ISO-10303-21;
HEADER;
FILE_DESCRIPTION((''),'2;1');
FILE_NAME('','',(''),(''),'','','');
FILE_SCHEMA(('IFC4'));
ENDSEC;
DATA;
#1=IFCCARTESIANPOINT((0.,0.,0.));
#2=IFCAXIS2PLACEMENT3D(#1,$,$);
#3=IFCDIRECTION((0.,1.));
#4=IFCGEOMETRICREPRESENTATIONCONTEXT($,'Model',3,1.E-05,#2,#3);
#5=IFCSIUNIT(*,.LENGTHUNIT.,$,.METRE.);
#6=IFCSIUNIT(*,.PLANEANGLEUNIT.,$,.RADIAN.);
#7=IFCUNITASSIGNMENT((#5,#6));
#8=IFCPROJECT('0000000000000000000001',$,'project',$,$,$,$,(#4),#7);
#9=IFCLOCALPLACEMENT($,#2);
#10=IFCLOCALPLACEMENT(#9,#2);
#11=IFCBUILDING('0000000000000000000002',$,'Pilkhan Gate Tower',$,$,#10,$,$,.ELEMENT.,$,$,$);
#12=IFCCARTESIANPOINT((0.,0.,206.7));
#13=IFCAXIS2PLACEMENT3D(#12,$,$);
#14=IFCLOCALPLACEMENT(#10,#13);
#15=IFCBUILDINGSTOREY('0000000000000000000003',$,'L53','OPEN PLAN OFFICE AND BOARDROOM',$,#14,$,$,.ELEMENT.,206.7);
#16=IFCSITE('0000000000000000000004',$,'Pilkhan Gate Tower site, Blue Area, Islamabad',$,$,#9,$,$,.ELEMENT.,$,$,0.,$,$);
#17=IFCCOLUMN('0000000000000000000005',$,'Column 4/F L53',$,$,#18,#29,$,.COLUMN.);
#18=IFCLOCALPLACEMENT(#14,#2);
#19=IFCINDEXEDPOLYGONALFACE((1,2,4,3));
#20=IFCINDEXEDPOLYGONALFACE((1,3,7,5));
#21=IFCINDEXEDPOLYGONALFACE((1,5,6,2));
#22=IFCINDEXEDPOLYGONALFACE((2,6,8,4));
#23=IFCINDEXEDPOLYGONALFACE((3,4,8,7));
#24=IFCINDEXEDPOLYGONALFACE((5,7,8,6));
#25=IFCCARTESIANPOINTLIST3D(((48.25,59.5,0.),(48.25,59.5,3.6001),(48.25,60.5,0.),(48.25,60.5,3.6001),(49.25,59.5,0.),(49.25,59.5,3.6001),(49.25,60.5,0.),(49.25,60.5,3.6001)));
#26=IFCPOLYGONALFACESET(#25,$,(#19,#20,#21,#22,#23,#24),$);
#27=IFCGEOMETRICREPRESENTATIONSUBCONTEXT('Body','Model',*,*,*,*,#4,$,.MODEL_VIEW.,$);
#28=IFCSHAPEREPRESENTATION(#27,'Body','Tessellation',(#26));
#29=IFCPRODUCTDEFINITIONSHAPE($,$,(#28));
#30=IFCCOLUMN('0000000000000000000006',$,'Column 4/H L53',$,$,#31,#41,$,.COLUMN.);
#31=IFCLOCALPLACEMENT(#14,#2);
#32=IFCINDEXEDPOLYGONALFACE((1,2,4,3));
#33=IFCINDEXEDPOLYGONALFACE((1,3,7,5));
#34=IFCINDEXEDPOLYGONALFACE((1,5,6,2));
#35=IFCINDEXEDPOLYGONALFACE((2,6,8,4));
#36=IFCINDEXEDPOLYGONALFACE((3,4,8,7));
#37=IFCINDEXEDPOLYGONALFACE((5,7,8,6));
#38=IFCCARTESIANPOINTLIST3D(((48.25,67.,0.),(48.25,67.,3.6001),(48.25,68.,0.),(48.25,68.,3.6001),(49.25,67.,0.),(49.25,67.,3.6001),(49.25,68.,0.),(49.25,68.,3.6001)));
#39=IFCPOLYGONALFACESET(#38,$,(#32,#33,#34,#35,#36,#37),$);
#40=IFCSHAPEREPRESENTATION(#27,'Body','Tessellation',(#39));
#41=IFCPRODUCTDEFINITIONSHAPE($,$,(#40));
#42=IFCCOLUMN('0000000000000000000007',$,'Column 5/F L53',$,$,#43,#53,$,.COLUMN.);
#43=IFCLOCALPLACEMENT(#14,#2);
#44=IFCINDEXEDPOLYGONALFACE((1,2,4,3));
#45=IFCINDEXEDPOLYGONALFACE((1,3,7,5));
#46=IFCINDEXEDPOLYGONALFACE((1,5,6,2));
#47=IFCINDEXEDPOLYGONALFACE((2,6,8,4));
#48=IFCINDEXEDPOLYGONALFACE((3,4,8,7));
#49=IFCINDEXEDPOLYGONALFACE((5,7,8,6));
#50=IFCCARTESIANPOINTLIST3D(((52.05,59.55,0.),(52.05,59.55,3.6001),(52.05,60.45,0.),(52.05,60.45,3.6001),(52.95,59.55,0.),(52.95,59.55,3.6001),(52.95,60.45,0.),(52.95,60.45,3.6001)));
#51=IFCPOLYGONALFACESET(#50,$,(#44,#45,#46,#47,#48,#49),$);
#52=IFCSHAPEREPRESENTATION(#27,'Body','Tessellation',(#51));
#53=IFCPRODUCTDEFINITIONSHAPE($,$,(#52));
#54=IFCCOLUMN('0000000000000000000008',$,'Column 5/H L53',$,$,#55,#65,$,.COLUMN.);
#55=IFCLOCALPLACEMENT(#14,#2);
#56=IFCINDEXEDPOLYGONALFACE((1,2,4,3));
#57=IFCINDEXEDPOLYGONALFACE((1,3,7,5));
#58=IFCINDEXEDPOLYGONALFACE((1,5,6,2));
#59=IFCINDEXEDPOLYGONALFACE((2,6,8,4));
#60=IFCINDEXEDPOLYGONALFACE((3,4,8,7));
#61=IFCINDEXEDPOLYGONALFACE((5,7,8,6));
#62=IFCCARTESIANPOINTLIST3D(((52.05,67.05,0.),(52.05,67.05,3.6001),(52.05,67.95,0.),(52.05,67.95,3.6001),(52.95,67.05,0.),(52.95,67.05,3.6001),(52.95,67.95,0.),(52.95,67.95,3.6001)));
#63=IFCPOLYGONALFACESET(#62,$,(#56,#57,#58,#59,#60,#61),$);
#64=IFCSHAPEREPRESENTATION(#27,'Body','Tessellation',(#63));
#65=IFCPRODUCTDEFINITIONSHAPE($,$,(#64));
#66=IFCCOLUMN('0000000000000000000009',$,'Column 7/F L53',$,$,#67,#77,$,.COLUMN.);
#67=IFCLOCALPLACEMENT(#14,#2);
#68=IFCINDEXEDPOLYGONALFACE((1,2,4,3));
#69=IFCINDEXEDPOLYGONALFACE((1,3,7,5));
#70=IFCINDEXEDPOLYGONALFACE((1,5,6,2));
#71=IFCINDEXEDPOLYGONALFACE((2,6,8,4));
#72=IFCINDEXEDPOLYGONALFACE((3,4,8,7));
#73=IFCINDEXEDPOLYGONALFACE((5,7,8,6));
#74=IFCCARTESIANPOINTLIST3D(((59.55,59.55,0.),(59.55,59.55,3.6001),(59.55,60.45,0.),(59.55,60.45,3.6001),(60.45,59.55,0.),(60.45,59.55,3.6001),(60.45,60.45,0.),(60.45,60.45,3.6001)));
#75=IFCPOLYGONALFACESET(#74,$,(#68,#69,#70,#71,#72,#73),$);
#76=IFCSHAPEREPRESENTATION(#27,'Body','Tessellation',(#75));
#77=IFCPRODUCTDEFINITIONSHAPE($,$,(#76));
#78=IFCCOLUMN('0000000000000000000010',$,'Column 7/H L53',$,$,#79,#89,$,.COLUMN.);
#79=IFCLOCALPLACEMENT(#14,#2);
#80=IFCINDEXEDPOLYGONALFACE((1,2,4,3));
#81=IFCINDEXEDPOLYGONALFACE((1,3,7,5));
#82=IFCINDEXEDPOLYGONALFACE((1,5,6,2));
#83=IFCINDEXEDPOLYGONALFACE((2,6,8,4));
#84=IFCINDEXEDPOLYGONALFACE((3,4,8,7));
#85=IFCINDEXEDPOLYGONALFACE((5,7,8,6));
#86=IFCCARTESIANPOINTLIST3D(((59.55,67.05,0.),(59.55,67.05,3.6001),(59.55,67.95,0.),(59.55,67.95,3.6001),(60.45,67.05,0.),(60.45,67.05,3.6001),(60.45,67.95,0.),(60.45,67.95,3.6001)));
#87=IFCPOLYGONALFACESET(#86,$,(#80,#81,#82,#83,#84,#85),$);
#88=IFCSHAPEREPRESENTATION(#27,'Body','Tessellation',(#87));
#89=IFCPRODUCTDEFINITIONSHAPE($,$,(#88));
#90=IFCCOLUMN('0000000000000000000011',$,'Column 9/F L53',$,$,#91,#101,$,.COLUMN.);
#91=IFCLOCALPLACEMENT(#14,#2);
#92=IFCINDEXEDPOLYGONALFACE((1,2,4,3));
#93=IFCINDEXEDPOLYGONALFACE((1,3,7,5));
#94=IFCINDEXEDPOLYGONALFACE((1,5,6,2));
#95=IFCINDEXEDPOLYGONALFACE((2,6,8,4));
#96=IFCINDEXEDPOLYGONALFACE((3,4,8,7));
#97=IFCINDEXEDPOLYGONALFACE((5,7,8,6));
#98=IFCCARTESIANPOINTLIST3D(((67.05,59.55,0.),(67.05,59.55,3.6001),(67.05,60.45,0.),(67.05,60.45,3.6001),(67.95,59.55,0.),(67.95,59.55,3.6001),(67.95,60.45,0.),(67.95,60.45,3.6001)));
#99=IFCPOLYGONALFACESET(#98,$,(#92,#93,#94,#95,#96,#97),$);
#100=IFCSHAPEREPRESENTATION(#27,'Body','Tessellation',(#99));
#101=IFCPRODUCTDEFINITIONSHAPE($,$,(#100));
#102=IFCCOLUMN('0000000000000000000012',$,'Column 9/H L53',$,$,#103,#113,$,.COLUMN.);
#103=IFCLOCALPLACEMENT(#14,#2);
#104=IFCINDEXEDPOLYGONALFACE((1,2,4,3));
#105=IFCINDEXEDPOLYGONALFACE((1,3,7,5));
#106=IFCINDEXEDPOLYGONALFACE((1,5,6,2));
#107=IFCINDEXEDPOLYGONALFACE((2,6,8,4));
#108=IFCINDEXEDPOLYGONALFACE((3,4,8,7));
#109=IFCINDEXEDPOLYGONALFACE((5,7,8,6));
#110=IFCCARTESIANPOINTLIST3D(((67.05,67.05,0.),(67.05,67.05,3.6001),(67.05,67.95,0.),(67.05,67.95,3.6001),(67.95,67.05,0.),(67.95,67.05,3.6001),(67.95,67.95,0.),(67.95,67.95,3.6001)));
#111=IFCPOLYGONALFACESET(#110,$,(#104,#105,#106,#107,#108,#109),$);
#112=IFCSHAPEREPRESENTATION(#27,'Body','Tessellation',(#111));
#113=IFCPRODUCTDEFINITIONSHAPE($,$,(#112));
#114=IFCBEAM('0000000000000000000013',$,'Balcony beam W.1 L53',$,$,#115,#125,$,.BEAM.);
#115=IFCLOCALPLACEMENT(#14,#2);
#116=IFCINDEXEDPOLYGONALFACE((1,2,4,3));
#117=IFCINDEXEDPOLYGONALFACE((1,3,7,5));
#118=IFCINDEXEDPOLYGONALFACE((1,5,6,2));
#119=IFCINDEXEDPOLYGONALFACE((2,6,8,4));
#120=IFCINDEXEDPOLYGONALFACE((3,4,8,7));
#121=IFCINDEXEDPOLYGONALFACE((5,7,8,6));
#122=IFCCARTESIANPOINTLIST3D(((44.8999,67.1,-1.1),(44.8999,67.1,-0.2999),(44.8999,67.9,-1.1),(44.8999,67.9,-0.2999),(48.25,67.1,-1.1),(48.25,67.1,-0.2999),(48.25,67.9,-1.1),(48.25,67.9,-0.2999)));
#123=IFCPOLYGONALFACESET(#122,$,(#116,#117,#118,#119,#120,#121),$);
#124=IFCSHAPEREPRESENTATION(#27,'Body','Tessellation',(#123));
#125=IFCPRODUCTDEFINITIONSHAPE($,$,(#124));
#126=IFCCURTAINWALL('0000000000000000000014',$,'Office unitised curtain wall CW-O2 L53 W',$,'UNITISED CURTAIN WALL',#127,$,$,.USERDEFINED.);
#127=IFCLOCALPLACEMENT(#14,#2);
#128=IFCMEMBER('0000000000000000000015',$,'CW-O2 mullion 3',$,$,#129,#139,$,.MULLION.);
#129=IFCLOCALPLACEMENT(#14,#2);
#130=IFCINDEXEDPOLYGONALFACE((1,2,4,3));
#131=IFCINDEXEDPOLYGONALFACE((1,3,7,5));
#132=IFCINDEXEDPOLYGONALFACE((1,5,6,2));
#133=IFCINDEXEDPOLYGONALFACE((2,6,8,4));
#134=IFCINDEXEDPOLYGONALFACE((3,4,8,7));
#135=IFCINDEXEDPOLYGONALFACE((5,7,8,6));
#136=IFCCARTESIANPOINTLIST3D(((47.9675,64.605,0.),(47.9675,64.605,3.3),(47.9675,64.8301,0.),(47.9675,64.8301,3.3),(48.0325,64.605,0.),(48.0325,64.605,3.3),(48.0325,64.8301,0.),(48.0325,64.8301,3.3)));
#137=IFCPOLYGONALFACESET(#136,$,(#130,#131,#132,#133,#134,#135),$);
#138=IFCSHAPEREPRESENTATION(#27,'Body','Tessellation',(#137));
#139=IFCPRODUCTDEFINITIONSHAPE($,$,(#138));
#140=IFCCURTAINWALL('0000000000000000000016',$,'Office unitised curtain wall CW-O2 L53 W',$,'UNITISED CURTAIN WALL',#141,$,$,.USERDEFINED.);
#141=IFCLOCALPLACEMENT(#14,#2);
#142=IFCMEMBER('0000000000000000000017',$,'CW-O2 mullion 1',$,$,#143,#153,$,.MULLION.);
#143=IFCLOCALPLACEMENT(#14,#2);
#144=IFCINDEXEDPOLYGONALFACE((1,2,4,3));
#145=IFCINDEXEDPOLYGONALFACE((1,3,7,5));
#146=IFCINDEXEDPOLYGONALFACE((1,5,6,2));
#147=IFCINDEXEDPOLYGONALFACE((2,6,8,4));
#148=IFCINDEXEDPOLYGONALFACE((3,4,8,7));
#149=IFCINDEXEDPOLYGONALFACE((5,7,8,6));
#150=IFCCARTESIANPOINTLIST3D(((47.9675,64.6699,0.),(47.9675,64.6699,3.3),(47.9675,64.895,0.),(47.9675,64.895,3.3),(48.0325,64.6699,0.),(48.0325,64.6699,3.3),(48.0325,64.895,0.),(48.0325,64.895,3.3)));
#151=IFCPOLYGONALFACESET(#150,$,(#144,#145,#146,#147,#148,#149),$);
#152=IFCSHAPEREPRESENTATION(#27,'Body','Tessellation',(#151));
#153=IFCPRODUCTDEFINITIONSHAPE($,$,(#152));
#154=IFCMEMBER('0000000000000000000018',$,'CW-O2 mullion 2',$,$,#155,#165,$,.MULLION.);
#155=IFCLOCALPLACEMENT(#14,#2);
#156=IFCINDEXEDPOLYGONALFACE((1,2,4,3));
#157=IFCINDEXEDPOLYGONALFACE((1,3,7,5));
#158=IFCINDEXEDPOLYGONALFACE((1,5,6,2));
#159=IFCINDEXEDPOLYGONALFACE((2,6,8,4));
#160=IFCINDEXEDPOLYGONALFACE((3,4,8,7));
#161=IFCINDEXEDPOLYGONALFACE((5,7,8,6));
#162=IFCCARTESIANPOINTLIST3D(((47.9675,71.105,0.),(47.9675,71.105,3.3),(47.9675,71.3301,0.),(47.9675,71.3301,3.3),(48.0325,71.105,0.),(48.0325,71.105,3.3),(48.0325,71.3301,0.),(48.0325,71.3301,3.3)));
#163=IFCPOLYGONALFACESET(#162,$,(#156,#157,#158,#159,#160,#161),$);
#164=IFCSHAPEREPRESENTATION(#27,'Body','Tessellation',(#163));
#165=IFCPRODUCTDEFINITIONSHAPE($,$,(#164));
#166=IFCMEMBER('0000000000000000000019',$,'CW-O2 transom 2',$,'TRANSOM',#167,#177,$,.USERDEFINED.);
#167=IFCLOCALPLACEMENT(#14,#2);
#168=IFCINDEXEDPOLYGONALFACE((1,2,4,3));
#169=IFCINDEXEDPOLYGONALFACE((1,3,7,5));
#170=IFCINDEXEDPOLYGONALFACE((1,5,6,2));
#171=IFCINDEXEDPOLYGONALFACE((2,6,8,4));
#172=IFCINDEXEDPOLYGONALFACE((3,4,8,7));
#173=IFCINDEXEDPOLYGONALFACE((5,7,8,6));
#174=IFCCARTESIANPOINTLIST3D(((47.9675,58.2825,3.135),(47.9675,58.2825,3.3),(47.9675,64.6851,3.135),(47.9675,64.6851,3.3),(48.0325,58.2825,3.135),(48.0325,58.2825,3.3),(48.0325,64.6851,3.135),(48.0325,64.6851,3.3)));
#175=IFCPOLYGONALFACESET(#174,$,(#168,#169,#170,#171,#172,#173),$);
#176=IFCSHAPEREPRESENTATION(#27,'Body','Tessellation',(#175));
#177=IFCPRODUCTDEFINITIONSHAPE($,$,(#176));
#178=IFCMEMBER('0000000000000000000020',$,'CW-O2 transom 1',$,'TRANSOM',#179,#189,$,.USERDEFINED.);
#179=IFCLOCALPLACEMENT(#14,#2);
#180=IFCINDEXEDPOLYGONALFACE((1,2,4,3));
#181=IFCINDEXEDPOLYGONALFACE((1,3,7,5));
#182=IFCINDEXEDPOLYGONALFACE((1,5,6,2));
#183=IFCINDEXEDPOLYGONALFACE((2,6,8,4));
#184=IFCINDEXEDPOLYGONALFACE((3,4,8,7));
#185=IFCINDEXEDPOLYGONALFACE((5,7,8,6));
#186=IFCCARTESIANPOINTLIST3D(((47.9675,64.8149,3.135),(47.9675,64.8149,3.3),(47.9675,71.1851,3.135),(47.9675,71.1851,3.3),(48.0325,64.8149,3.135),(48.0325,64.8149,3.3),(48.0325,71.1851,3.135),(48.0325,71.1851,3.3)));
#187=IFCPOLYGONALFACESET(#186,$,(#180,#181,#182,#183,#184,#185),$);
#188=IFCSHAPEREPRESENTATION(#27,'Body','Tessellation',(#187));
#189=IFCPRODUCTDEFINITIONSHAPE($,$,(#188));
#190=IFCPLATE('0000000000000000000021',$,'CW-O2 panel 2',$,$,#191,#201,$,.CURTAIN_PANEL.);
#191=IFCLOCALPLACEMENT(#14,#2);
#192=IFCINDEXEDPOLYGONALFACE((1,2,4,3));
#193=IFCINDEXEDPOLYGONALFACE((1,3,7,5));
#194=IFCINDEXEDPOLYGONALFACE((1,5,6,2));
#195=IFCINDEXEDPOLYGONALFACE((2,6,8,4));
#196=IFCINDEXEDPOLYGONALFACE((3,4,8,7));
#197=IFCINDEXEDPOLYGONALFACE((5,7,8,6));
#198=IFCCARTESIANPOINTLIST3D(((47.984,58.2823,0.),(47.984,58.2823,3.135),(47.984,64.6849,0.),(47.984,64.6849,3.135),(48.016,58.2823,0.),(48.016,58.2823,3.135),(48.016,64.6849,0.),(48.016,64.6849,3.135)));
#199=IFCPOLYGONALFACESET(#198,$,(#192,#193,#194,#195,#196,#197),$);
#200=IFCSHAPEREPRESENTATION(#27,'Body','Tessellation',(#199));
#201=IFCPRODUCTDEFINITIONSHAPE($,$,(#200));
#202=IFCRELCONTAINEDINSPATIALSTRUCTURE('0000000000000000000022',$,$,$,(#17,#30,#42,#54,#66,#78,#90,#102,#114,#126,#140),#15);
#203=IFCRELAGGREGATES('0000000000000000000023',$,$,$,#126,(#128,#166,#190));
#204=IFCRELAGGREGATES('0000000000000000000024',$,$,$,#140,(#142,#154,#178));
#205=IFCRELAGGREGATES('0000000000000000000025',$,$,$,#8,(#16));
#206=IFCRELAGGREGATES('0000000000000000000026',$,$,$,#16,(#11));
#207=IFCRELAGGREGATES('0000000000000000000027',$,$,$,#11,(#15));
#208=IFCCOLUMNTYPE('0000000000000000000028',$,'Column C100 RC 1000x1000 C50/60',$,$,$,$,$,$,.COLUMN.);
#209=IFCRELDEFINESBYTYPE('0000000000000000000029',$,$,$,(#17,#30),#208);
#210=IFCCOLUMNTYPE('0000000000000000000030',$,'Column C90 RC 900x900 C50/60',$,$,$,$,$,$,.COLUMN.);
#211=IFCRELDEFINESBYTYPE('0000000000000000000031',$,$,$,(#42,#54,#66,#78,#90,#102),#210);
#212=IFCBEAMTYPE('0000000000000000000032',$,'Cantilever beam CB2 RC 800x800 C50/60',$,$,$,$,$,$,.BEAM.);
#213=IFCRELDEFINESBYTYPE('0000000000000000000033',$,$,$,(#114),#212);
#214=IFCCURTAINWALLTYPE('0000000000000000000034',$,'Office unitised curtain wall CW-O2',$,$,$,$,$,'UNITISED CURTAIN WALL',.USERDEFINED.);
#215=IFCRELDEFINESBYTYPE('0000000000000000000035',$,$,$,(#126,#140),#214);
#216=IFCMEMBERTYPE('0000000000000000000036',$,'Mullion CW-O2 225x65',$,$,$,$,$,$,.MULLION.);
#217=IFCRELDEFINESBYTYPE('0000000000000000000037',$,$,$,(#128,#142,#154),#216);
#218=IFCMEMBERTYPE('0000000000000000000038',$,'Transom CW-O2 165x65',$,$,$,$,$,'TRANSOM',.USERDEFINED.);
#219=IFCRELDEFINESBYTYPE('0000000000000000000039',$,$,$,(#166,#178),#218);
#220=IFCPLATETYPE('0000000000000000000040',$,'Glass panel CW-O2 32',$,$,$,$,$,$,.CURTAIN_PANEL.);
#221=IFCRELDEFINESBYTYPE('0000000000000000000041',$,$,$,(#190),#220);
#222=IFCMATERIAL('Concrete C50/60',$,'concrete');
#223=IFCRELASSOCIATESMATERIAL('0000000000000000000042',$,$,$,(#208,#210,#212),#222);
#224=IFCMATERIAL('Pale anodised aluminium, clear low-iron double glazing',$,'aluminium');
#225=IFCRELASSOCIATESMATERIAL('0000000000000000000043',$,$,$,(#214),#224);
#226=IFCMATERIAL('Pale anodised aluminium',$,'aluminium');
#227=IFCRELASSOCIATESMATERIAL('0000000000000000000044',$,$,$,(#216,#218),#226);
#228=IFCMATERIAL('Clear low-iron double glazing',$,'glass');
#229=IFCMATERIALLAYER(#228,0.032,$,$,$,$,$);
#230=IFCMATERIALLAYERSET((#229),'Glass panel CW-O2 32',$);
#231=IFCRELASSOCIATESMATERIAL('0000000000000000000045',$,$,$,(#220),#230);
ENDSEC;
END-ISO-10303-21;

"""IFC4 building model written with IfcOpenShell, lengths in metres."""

from ifc_helpers import new_model, si_unit, direction, frame, origin, origin_2d, place, context, subcontext, project, spatial, rectangle, extrude, material, layer, layer_set, material_profile, profile_set, type_object, element, aggregate, save


model = new_model("IFC4")

# Units and contexts
model_context = context("Model", 3, precision=1e-05, world=origin(), true_north=direction((0.0, 1.0)))
body_context = subcontext(model_context, "Body", "Model", "MODEL_VIEW")
ifc_project = project(units=[si_unit("LENGTHUNIT", "METRE"), si_unit("PLANEANGLEUNIT", "RADIAN")], contexts=[model_context])

# Site, building, storey
site_placement = place(None, origin())
site = spatial("IfcSite", under=ifc_project, at=site_placement, Name="Pilkhan Gate Tower site, Blue Area, Islamabad", CompositionType="ELEMENT", RefElevation=0.0)
building_placement = place(site_placement, origin())
building = spatial("IfcBuilding", under=site, at=building_placement, Name="Pilkhan Gate Tower", CompositionType="ELEMENT")
storey_placement = place(building_placement, frame((0.0, 0.0, 206.7)))
storey = spatial("IfcBuildingStorey", under=building, at=storey_placement, Name="L53", Description="OPEN PLAN OFFICE AND BOARDROOM", CompositionType="ELEMENT", Elevation=206.7)

# Columns
ifc_material_1 = material(Name="Concrete C50/60", Category="concrete")
ifc_material_profile_1 = material_profile(ifc_material_1, rectangle(XDim=1.0, YDim=1.0, at=origin_2d()), Name="RC 1000x1000")
ifc_profile_set_1 = profile_set([ifc_material_profile_1], Name="Concrete C50/60")
column_type_1 = type_object("IfcColumnType", Name="Column C100 RC 1000x1000 C50/60", PredefinedType="COLUMN", material=ifc_profile_set_1)
for number, where, z_axis, x_axis, name in (
    (1, (48.75, 60.0, 0.0), (0.0, 0.0, 1.0), (1.0, 0.0, 0.0), "Column 4/F L53"),
    (2, (48.75, 67.5, 0.0), (0.0, 0.0, 1.0), (1.0, 0.0, 0.0), "Column 4/H L53"),
):
    element("IfcColumn", number, at=place(storey_placement, frame(where, z_axis=z_axis, x_axis=x_axis)), inside=storey, type_object=column_type_1, Name=name, PredefinedType="COLUMN", context=body_context, shape_type="SweptSolid", body=[
        extrude(rectangle(XDim=1.0, YDim=1.0, at=origin_2d()), origin(), (0.0, 0.0, 1.0), 3.6001),
    ])
ifc_material_profile_2 = material_profile(ifc_material_1, rectangle(XDim=0.8999, YDim=0.8999, at=origin_2d()), Name="RC 900x900")
ifc_profile_set_2 = profile_set([ifc_material_profile_2], Name="Concrete C50/60")
column_type_2 = type_object("IfcColumnType", Name="Column C90 RC 900x900 C50/60", PredefinedType="COLUMN", material=ifc_profile_set_2)
for number, where, z_axis, x_axis, name in (
    (3, (52.5, 60.0, 0.0), (0.0, 0.0, 1.0), (1.0, 0.0, 0.0), "Column 5/F L53"),
    (4, (52.5, 67.5, 0.0), (0.0, 0.0, 1.0), (1.0, 0.0, 0.0), "Column 5/H L53"),
    (5, (60.0, 60.0, 0.0), (0.0, 0.0, 1.0), (1.0, 0.0, 0.0), "Column 7/F L53"),
    (6, (60.0, 67.5, 0.0), (0.0, 0.0, 1.0), (1.0, 0.0, 0.0), "Column 7/H L53"),
    (7, (67.5, 60.0, 0.0), (0.0, 0.0, 1.0), (1.0, 0.0, 0.0), "Column 9/F L53"),
    (8, (67.5, 67.5, 0.0), (0.0, 0.0, 1.0), (1.0, 0.0, 0.0), "Column 9/H L53"),
):
    element("IfcColumn", number, at=place(storey_placement, frame(where, z_axis=z_axis, x_axis=x_axis)), inside=storey, type_object=column_type_2, Name=name, PredefinedType="COLUMN", context=body_context, shape_type="SweptSolid", body=[
        extrude(rectangle(XDim=0.8999, YDim=0.8999, at=origin_2d()), origin(), (0.0, 0.0, 1.0), 3.6001),
    ])

# Beam
ifc_material_profile_3 = material_profile(ifc_material_1, rectangle(XDim=0.8, YDim=0.8, at=origin_2d()), Name="RC 800x800")
ifc_profile_set_3 = profile_set([ifc_material_profile_3], Name="Concrete C50/60")
beam_type = type_object("IfcBeamType", Name="Cantilever beam CB2 RC 800x800 C50/60", PredefinedType="BEAM", material=ifc_profile_set_3)
beam_placement = place(storey_placement, frame((48.25, 67.5, -0.7), z_axis=(-1.0, 0.0, 0.0), x_axis=(0.0, -1.0, 0.0)))
element("IfcBeam", 9, at=beam_placement, inside=storey, type_object=beam_type, Name="Balcony beam W.1 L53", PredefinedType="BEAM", context=body_context, shape_type="SweptSolid", body=[
    extrude(rectangle(XDim=0.8, YDim=0.8, at=origin_2d()), origin(), (0.0, 0.0, 1.0), 3.3501),
])

# Curtain wall, member
ifc_material_2 = material(Name="Pale anodised aluminium, clear low-iron double glazing", Category="aluminium")
curtain_wall_type = type_object("IfcCurtainWallType", Name="Office unitised curtain wall CW-O2", ElementType="UNITISED CURTAIN WALL", PredefinedType="USERDEFINED", material=ifc_material_2)
curtain_wall_1_placement = place(storey_placement, origin())
curtain_wall_1 = element("IfcCurtainWall", 10, at=curtain_wall_1_placement, inside=storey, type_object=curtain_wall_type, Name="Office unitised curtain wall CW-O2 L53 W", ObjectType="UNITISED CURTAIN WALL", PredefinedType="USERDEFINED")
ifc_material_3 = material(Name="Pale anodised aluminium", Category="aluminium")
ifc_material_profile_4 = material_profile(ifc_material_3, rectangle(XDim=0.0649, YDim=0.2251, at=origin_2d()), Name="Mullion 225x65")
ifc_profile_set_4 = profile_set([ifc_material_profile_4], Name="Pale anodised aluminium")
member_type_1 = type_object("IfcMemberType", Name="Mullion CW-O2 225x65", PredefinedType="MULLION", material=ifc_profile_set_4)
member_1_placement = place(storey_placement, frame((48.0, 64.7175, 0.0), z_axis=(0.0, 0.0, 1.0), x_axis=(-1.0, 0.0, 0.0)))
member_1 = element("IfcMember", 11, at=member_1_placement, type_object=member_type_1, Name="CW-O2 mullion 3", PredefinedType="MULLION", context=body_context, shape_type="SweptSolid", body=[
    extrude(rectangle(XDim=0.0649, YDim=0.2251, at=origin_2d()), origin(), (0.0, 0.0, 1.0), 3.3),
])

# Curtain wall, members
curtain_wall_2_placement = place(storey_placement, origin())
curtain_wall_2 = element("IfcCurtainWall", 12, at=curtain_wall_2_placement, inside=storey, type_object=curtain_wall_type, Name="Office unitised curtain wall CW-O2 L53 W", ObjectType="UNITISED CURTAIN WALL", PredefinedType="USERDEFINED")
member_2_placement = place(storey_placement, frame((48.0, 64.7825, 0.0), z_axis=(0.0, 0.0, 1.0), x_axis=(-1.0, 0.0, 0.0)))
member_2 = element("IfcMember", 13, at=member_2_placement, type_object=member_type_1, Name="CW-O2 mullion 1", PredefinedType="MULLION", context=body_context, shape_type="SweptSolid", body=[
    extrude(rectangle(XDim=0.0649, YDim=0.2251, at=origin_2d()), origin(), (0.0, 0.0, 1.0), 3.3),
])
member_3_placement = place(storey_placement, frame((48.0, 71.2175, 0.0), z_axis=(0.0, 0.0, 1.0), x_axis=(-1.0, 0.0, 0.0)))
member_3 = element("IfcMember", 14, at=member_3_placement, type_object=member_type_1, Name="CW-O2 mullion 2", PredefinedType="MULLION", context=body_context, shape_type="SweptSolid", body=[
    extrude(rectangle(XDim=0.0649, YDim=0.2251, at=origin_2d()), origin(), (0.0, 0.0, 1.0), 3.3),
])

# Members
ifc_material_profile_5 = material_profile(ifc_material_3, rectangle(XDim=0.0649, YDim=0.165, at=origin_2d()), Name="Transom 165x65")
ifc_profile_set_5 = profile_set([ifc_material_profile_5], Name="Pale anodised aluminium")
member_type_2 = type_object("IfcMemberType", Name="Transom CW-O2 165x65", ElementType="TRANSOM", PredefinedType="USERDEFINED", material=ifc_profile_set_5)
member_4_placement = place(storey_placement, frame((48.0, 58.2825, 3.2175), z_axis=(0.0, 1.0, 0.0), x_axis=(-1.0, 0.0, 0.0)))
member_4 = element("IfcMember", 15, at=member_4_placement, type_object=member_type_2, Name="CW-O2 transom 2", ObjectType="TRANSOM", PredefinedType="USERDEFINED", context=body_context, shape_type="SweptSolid", body=[
    extrude(rectangle(XDim=0.0649, YDim=0.165, at=origin_2d()), origin(), (0.0, 0.0, 1.0), 6.4026),
])
member_5_placement = place(storey_placement, frame((48.0, 64.8149, 3.2175), z_axis=(0.0, 1.0, 0.0), x_axis=(-1.0, 0.0, 0.0)))
member_5 = element("IfcMember", 16, at=member_5_placement, type_object=member_type_2, Name="CW-O2 transom 1", ObjectType="TRANSOM", PredefinedType="USERDEFINED", context=body_context, shape_type="SweptSolid", body=[
    extrude(rectangle(XDim=0.0649, YDim=0.165, at=origin_2d()), origin(), (0.0, 0.0, 1.0), 6.3701),
])

# Plate
ifc_material_4 = material(Name="Clear low-iron double glazing", Category="glass")
ifc_layer_1 = layer(ifc_material_4, 0.032)
ifc_layer_set_1 = layer_set([ifc_layer_1], Name="Glass panel CW-O2 32")
plate_type = type_object("IfcPlateType", Name="Glass panel CW-O2 32", PredefinedType="CURTAIN_PANEL", material=ifc_layer_set_1)
plate_1_placement = place(storey_placement, frame((48.0, 61.4836, 0.0), z_axis=(0.0, 0.0, 1.0), x_axis=(0.0, 1.0, 0.0)))
plate_1 = element("IfcPlate", 17, at=plate_1_placement, type_object=plate_type, Name="CW-O2 panel 2", PredefinedType="CURTAIN_PANEL", context=body_context, shape_type="SweptSolid", body=[
    extrude(rectangle(XDim=6.4026, YDim=0.032, at=origin_2d()), origin(), (0.0, 0.0, 1.0), 3.135),
])
aggregate(curtain_wall_1, [member_1, member_4, plate_1])
aggregate(curtain_wall_2, [member_2, member_3, member_5])

save(model, "model.ifc")
